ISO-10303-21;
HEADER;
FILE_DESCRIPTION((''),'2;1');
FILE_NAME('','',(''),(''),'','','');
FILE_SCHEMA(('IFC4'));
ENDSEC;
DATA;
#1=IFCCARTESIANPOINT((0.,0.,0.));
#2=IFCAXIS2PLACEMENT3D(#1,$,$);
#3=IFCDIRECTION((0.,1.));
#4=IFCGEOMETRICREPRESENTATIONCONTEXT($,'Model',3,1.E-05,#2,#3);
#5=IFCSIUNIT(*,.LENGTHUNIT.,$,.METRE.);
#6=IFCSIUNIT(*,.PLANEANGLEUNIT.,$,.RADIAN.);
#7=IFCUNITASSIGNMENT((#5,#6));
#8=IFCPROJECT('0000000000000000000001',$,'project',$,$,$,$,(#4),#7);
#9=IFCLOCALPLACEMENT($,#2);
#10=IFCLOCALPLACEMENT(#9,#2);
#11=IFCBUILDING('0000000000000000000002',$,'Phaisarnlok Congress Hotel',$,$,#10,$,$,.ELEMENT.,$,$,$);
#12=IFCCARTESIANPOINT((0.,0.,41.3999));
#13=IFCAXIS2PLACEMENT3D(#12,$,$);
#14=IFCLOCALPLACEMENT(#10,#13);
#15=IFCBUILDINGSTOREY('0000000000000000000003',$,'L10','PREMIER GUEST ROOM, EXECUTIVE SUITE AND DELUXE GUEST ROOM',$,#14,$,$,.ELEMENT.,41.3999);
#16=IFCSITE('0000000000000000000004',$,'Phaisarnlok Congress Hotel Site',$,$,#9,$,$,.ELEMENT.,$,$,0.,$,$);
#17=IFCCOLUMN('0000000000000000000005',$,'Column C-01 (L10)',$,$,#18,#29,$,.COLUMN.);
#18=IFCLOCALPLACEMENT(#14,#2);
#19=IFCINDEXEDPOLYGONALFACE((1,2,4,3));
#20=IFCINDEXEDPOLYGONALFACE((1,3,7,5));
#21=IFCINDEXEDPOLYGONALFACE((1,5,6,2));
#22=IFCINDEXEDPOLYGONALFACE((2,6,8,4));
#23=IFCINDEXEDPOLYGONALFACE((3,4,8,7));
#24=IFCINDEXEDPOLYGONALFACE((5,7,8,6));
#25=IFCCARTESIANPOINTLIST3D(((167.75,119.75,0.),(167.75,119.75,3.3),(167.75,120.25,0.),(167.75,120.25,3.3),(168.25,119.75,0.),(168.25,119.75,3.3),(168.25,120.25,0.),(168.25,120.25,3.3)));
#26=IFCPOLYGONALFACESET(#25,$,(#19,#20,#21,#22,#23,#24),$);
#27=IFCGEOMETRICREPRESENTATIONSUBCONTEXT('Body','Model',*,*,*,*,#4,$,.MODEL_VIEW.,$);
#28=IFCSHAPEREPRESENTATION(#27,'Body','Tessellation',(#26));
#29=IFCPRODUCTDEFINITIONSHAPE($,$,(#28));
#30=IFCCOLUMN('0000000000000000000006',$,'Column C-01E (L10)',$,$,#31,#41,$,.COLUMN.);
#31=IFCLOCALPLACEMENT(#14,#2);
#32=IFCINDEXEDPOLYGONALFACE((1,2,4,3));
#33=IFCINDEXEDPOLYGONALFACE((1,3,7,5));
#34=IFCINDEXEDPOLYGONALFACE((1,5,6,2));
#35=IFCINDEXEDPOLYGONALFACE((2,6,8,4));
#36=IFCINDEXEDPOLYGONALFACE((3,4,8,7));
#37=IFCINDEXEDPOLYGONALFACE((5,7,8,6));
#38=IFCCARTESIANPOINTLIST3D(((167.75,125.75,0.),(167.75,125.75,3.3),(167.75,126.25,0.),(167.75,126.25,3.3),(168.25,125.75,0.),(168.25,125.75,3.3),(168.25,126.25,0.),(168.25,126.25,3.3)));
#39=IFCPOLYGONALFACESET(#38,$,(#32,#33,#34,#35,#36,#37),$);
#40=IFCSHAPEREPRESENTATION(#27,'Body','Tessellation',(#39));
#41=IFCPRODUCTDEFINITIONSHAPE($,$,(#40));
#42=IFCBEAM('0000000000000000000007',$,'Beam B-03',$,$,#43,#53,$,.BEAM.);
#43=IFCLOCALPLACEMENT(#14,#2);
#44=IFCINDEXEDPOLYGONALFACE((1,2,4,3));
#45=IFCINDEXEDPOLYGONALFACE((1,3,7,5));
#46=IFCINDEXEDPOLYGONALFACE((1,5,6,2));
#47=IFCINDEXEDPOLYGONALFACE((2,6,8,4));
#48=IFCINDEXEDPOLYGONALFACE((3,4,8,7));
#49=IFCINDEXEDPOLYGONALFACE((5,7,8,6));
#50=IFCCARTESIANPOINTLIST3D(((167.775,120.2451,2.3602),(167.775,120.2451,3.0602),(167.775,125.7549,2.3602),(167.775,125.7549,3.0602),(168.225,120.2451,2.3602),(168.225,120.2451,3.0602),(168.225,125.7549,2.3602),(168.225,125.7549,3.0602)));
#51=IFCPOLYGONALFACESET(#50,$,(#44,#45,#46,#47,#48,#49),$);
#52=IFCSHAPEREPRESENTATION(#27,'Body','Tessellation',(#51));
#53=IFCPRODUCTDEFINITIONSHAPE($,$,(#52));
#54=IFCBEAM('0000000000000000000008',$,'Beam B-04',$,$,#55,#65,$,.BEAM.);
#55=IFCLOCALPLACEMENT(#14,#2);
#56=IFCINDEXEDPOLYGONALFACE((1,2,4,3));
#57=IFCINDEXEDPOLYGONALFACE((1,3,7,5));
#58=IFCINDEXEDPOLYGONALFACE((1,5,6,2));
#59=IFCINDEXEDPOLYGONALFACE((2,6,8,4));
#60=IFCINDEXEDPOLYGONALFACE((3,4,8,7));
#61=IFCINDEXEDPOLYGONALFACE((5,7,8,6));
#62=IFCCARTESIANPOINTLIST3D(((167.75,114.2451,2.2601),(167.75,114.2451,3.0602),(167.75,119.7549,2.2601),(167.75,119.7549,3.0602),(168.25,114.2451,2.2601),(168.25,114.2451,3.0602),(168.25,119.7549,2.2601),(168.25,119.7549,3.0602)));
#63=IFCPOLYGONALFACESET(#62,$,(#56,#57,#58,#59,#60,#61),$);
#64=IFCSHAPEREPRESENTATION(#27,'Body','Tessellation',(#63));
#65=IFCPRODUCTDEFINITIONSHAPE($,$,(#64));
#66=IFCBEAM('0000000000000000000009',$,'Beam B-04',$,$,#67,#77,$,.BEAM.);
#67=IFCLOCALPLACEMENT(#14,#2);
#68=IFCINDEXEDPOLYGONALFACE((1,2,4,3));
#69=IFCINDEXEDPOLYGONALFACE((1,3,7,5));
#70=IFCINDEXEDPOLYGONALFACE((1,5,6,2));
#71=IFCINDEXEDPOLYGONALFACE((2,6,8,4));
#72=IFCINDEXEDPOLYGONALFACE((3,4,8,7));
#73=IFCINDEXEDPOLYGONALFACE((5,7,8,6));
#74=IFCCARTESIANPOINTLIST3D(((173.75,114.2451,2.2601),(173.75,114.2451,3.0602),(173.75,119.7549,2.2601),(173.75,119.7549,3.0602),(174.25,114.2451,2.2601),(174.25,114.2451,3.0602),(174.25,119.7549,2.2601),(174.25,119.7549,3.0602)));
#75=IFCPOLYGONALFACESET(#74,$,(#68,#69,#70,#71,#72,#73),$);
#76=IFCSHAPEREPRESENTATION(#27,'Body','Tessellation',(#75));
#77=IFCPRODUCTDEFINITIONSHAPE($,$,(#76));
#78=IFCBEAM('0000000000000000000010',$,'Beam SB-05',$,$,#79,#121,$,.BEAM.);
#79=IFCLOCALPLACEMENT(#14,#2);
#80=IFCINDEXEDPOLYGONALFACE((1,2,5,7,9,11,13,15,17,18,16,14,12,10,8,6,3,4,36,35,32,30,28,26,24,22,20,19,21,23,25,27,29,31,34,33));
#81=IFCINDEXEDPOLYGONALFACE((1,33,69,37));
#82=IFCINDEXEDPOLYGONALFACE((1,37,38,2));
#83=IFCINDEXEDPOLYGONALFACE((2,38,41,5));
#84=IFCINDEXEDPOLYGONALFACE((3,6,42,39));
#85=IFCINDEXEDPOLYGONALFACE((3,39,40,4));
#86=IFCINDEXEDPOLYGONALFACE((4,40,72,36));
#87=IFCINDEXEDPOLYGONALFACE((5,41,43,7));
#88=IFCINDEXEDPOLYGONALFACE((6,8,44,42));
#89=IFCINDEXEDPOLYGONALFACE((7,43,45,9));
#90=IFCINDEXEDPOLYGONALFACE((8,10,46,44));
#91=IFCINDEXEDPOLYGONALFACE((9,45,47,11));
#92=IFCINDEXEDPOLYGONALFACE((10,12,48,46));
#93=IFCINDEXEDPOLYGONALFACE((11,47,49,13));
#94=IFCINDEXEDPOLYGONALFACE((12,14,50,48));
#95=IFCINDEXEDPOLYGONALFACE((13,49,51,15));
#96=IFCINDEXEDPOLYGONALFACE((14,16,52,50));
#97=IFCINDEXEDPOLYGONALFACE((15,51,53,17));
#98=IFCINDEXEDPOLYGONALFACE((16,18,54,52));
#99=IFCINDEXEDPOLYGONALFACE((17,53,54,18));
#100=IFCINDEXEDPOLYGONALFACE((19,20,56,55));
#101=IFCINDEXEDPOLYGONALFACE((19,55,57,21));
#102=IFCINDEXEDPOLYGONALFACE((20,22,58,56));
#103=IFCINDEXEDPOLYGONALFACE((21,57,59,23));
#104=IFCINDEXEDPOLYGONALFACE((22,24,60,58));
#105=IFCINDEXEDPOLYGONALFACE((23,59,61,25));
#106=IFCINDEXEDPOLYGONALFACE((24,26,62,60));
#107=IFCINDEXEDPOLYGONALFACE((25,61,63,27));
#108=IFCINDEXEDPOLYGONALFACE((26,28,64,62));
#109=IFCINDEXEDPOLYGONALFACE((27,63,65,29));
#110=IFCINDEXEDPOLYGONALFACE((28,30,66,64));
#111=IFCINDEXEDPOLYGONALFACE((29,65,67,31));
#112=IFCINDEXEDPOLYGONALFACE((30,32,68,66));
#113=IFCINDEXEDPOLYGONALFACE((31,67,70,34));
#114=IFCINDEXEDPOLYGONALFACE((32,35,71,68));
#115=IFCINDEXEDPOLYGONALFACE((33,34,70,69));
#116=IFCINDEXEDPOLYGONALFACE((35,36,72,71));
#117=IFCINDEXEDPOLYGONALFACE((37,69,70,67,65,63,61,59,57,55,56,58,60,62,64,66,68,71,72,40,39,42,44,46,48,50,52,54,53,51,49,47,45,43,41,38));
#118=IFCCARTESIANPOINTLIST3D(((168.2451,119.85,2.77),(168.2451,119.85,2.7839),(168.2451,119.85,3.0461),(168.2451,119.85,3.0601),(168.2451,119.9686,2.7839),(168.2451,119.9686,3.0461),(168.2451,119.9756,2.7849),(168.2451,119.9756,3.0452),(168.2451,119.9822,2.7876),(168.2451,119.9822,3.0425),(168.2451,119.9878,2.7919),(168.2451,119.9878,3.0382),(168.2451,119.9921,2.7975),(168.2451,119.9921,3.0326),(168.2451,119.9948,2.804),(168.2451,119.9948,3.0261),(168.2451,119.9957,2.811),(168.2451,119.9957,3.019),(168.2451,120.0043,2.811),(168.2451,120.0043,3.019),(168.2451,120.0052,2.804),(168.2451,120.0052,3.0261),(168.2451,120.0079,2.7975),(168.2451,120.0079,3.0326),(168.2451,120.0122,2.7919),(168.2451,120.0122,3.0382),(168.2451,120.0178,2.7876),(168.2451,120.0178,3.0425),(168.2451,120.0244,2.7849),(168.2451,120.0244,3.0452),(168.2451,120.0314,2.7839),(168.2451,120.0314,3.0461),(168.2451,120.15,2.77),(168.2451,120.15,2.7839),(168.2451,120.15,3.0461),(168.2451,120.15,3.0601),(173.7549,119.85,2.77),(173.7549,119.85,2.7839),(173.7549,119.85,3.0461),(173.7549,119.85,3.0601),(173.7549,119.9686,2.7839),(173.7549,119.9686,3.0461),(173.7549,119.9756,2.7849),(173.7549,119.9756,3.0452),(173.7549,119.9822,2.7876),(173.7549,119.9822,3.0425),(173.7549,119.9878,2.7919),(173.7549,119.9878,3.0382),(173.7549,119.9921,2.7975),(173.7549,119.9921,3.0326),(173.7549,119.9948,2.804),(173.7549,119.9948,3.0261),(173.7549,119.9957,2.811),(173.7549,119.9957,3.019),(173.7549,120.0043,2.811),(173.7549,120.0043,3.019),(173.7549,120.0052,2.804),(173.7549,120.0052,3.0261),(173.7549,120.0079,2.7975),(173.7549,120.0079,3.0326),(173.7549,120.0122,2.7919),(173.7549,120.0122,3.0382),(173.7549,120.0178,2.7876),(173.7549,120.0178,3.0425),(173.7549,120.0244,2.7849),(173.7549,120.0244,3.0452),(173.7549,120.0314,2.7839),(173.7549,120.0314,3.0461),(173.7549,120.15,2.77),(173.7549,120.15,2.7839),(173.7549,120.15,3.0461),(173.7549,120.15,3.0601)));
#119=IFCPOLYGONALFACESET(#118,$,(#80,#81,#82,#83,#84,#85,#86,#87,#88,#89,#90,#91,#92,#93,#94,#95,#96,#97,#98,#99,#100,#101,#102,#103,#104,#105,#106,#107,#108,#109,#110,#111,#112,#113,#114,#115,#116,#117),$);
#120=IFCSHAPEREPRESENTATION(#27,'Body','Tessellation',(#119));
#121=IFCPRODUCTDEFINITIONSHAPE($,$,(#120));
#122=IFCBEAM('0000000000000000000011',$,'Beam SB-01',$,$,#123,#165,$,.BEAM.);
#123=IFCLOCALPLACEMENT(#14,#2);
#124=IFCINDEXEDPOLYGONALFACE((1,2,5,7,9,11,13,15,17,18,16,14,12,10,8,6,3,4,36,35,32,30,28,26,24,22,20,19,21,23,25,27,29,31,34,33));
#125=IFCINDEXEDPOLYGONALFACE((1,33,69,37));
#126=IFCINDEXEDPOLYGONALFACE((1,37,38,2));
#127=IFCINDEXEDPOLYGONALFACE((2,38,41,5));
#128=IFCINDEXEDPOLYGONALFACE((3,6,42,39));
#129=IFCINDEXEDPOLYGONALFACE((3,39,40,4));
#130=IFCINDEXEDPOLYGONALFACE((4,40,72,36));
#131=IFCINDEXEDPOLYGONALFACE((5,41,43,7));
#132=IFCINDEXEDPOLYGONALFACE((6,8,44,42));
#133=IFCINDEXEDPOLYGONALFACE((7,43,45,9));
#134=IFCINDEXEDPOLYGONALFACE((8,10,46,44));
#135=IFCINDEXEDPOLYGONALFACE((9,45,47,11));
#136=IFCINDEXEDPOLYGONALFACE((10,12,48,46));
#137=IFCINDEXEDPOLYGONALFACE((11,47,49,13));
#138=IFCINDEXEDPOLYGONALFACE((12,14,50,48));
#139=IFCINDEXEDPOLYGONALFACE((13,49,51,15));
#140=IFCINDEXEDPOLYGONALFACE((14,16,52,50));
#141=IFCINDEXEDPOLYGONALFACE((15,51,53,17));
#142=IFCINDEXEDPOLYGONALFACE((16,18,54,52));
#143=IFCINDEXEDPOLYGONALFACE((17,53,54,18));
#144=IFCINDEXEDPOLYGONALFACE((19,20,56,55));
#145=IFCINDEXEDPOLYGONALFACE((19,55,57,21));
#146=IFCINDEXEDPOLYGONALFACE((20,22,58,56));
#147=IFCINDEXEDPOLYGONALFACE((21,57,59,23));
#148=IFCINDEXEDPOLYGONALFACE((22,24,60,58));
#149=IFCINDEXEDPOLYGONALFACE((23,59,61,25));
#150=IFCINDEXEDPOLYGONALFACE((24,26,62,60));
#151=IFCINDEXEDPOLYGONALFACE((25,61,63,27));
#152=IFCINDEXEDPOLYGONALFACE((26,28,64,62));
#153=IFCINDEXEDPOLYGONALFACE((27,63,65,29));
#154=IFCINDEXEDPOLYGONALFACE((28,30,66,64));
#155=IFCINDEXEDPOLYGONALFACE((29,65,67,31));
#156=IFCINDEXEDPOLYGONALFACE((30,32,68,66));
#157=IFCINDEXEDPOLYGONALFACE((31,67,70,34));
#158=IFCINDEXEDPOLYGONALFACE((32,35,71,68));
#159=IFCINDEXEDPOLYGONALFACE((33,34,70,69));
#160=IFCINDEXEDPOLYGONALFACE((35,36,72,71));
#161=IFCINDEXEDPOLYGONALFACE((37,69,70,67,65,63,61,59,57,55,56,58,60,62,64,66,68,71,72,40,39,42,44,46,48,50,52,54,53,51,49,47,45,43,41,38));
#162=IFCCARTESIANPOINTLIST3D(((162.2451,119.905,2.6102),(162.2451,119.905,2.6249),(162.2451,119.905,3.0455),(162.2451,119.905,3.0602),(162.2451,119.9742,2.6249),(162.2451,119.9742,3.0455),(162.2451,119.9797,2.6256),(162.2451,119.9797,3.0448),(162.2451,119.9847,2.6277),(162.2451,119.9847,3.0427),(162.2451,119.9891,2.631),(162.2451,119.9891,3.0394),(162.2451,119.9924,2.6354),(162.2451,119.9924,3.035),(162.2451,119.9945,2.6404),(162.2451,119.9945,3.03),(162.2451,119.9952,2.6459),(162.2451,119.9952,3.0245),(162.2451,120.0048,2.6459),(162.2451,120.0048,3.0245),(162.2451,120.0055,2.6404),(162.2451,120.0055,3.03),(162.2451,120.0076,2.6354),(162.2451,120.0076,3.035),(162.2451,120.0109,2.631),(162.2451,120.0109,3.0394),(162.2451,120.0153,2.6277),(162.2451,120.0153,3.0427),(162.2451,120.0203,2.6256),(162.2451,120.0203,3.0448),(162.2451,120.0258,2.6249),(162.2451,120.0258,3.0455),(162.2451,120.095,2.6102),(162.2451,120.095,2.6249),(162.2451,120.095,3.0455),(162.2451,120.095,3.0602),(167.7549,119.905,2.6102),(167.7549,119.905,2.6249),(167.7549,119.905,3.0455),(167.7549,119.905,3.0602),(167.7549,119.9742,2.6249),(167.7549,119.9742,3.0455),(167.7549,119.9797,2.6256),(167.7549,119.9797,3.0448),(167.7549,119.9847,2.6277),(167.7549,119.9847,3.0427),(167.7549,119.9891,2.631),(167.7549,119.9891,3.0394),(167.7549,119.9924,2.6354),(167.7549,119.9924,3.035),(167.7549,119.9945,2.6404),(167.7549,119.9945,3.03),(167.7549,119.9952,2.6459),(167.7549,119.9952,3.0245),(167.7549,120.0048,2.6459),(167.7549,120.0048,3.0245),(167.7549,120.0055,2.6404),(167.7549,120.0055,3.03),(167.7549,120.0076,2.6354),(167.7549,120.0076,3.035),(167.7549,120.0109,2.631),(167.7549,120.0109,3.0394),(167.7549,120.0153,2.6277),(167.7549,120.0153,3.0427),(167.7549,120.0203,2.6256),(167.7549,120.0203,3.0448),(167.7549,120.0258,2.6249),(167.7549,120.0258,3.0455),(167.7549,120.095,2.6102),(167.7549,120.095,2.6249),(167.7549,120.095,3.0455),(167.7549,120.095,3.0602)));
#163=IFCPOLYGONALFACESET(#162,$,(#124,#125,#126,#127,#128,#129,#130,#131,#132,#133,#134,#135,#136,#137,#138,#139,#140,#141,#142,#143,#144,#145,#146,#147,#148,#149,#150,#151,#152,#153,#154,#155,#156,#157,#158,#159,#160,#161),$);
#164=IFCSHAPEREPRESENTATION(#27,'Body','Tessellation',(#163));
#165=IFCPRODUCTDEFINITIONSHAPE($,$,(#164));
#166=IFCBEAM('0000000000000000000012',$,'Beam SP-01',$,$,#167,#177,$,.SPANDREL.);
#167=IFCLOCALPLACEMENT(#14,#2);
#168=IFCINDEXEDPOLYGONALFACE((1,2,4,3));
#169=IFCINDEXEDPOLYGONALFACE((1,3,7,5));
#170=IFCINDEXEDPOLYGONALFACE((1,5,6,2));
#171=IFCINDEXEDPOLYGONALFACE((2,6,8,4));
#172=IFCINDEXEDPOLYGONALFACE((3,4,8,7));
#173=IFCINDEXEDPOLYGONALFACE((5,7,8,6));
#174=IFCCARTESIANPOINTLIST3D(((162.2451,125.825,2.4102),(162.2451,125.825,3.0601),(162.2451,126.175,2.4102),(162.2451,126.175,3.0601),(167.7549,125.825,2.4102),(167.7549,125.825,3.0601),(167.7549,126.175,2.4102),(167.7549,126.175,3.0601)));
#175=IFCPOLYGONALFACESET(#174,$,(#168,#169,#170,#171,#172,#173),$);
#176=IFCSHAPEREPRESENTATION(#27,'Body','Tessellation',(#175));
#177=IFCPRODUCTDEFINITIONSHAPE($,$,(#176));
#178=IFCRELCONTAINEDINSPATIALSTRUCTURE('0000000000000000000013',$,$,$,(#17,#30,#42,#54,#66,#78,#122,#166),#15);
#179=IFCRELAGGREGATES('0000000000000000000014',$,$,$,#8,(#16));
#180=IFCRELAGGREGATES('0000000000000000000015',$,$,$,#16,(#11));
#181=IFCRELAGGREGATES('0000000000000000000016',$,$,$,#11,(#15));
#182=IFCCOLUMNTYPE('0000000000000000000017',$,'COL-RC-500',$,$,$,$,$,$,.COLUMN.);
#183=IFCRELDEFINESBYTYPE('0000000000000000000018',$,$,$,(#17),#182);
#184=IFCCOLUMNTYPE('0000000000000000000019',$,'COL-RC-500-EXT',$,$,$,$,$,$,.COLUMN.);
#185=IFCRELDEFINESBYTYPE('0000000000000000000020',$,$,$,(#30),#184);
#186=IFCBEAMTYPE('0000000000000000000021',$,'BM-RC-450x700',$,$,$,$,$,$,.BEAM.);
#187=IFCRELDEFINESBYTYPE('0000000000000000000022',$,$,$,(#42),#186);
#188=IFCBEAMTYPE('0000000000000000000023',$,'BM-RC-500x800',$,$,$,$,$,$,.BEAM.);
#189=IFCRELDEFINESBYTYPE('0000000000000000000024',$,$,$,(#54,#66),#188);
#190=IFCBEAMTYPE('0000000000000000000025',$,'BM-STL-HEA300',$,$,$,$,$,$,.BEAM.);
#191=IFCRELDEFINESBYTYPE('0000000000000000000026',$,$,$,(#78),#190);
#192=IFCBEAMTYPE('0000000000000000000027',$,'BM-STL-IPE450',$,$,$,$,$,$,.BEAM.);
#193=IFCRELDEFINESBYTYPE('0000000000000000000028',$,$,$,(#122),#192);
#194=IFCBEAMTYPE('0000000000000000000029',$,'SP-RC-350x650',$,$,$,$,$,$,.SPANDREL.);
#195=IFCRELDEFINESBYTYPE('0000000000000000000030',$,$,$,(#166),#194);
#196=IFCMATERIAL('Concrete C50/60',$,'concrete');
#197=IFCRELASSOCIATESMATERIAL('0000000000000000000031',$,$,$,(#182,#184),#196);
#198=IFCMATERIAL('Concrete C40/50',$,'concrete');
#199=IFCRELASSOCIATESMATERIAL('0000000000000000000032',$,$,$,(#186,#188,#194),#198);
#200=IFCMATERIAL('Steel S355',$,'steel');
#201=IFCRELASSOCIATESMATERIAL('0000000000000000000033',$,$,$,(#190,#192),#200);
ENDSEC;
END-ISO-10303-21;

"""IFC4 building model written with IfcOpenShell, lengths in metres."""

from ifc_helpers import new_model, si_unit, direction, frame, origin, origin_2d, place, context, subcontext, project, spatial, rectangle, i_section, extrude, material, material_profile, profile_set, type_object, element, save


model = new_model("IFC4")

# Units and contexts
model_context = context("Model", 3, precision=1e-05, world=origin(), true_north=direction((0.0, 1.0)))
body_context = subcontext(model_context, "Body", "Model", "MODEL_VIEW")
ifc_project = project(units=[si_unit("LENGTHUNIT", "METRE"), si_unit("PLANEANGLEUNIT", "RADIAN")], contexts=[model_context])

# Site, building, storey
site_placement = place(None, origin())
site = spatial("IfcSite", under=ifc_project, at=site_placement, Name="Phaisarnlok Congress Hotel Site", CompositionType="ELEMENT", RefElevation=0.0)
building_placement = place(site_placement, origin())
building = spatial("IfcBuilding", under=site, at=building_placement, Name="Phaisarnlok Congress Hotel", CompositionType="ELEMENT")
storey_placement = place(building_placement, frame((0.0, 0.0, 41.3999)))
storey = spatial("IfcBuildingStorey", under=building, at=storey_placement, Name="L10", Description="PREMIER GUEST ROOM, EXECUTIVE SUITE AND DELUXE GUEST ROOM", CompositionType="ELEMENT", Elevation=41.3999)

# Columns
ifc_material_1 = material(Name="Concrete C50/60", Category="concrete")
ifc_material_profile_1 = material_profile(ifc_material_1, rectangle(XDim=0.5, YDim=0.5, at=origin_2d()), Name="RC 500x500")
ifc_profile_set_1 = profile_set([ifc_material_profile_1], Name="Concrete C50/60")
column_type_1 = type_object("IfcColumnType", Name="COL-RC-500", PredefinedType="COLUMN", material=ifc_profile_set_1)
column_1_placement = place(storey_placement, frame((168.0, 120.0, 0.0), z_axis=(0.0, 0.0, 1.0), x_axis=(1.0, 0.0, 0.0)))
element("IfcColumn", 1, at=column_1_placement, inside=storey, type_object=column_type_1, Name="Column C-01 (L10)", PredefinedType="COLUMN", context=body_context, shape_type="SweptSolid", body=[
    extrude(rectangle(XDim=0.5, YDim=0.5, at=origin_2d()), origin(), (0.0, 0.0, 1.0), 3.3),
])
ifc_material_profile_2 = material_profile(ifc_material_1, rectangle(XDim=0.5, YDim=0.5, at=origin_2d()), Name="RC 500x500")
ifc_profile_set_2 = profile_set([ifc_material_profile_2], Name="Concrete C50/60")
column_type_2 = type_object("IfcColumnType", Name="COL-RC-500-EXT", PredefinedType="COLUMN", material=ifc_profile_set_2)
column_2_placement = place(storey_placement, frame((168.0, 126.0, 0.0), z_axis=(0.0, 0.0, 1.0), x_axis=(1.0, 0.0, 0.0)))
element("IfcColumn", 2, at=column_2_placement, inside=storey, type_object=column_type_2, Name="Column C-01E (L10)", PredefinedType="COLUMN", context=body_context, shape_type="SweptSolid", body=[
    extrude(rectangle(XDim=0.5, YDim=0.5, at=origin_2d()), origin(), (0.0, 0.0, 1.0), 3.3),
])

# Beams
ifc_material_2 = material(Name="Concrete C40/50", Category="concrete")
ifc_material_profile_3 = material_profile(ifc_material_2, rectangle(XDim=0.45, YDim=0.7, at=origin_2d()), Name="RC 450x700")
ifc_profile_set_3 = profile_set([ifc_material_profile_3], Name="Concrete C40/50")
beam_type_1 = type_object("IfcBeamType", Name="BM-RC-450x700", PredefinedType="BEAM", material=ifc_profile_set_3)
beam_1_placement = place(storey_placement, frame((168.0, 120.2451, 2.7102), z_axis=(0.0, 1.0, 0.0), x_axis=(-1.0, 0.0, 0.0)))
element("IfcBeam", 3, at=beam_1_placement, inside=storey, type_object=beam_type_1, Name="Beam B-03", PredefinedType="BEAM", context=body_context, shape_type="SweptSolid", body=[
    extrude(rectangle(XDim=0.45, YDim=0.7, at=origin_2d()), origin(), (0.0, 0.0, 1.0), 5.5098),
])
ifc_material_profile_4 = material_profile(ifc_material_2, rectangle(XDim=0.5, YDim=0.8, at=origin_2d()), Name="RC 500x800")
ifc_profile_set_4 = profile_set([ifc_material_profile_4], Name="Concrete C40/50")
beam_type_2 = type_object("IfcBeamType", Name="BM-RC-500x800", PredefinedType="BEAM", material=ifc_profile_set_4)
for number, where, z_axis, x_axis, name in (
    (4, (168.0, 114.2451, 2.6602), (0.0, 1.0, 0.0), (-1.0, 0.0, 0.0), "Beam B-04"),
    (5, (174.0, 114.2451, 2.6602), (0.0, 1.0, 0.0), (-1.0, 0.0, 0.0), "Beam B-04"),
):
    element("IfcBeam", number, at=place(storey_placement, frame(where, z_axis=z_axis, x_axis=x_axis)), inside=storey, type_object=beam_type_2, Name=name, PredefinedType="BEAM", context=body_context, shape_type="SweptSolid", body=[
        extrude(rectangle(XDim=0.5, YDim=0.8, at=origin_2d()), origin(), (0.0, 0.0, 1.0), 5.5098),
    ])
ifc_material_3 = material(Name="Steel S355", Category="steel")
ifc_material_profile_5 = material_profile(ifc_material_3, i_section(OverallWidth=0.3, OverallDepth=0.29, WebThickness=0.0085, FlangeThickness=0.0139, FilletRadius=0.0271, at=origin_2d()), Name="HEA 300")
ifc_profile_set_5 = profile_set([ifc_material_profile_5], Name="Steel S355")
beam_type_3 = type_object("IfcBeamType", Name="BM-STL-HEA300", PredefinedType="BEAM", material=ifc_profile_set_5)
beam_2_placement = place(storey_placement, frame((168.2451, 120.0, 2.915), z_axis=(1.0, 0.0, 0.0), x_axis=(0.0, 1.0, 0.0)))
element("IfcBeam", 6, at=beam_2_placement, inside=storey, type_object=beam_type_3, Name="Beam SB-05", PredefinedType="BEAM", context=body_context, shape_type="SweptSolid", body=[
    extrude(i_section(OverallWidth=0.3, OverallDepth=0.29, WebThickness=0.0085, FlangeThickness=0.0139, FilletRadius=0.0271, at=origin_2d()), origin(), (0.0, 0.0, 1.0), 5.5098),
])
ifc_material_profile_6 = material_profile(ifc_material_3, i_section(OverallWidth=0.1899, OverallDepth=0.45, WebThickness=0.0095, FlangeThickness=0.0146, FilletRadius=0.021, at=origin_2d()), Name="IPE 450")
ifc_profile_set_6 = profile_set([ifc_material_profile_6], Name="Steel S355")
beam_type_4 = type_object("IfcBeamType", Name="BM-STL-IPE450", PredefinedType="BEAM", material=ifc_profile_set_6)
beam_3_placement = place(storey_placement, frame((162.2451, 120.0, 2.8352), z_axis=(1.0, 0.0, 0.0), x_axis=(0.0, 1.0, 0.0)))
element("IfcBeam", 7, at=beam_3_placement, inside=storey, type_object=beam_type_4, Name="Beam SB-01", PredefinedType="BEAM", context=body_context, shape_type="SweptSolid", body=[
    extrude(i_section(OverallWidth=0.1899, OverallDepth=0.45, WebThickness=0.0095, FlangeThickness=0.0146, FilletRadius=0.021, at=origin_2d()), origin(), (0.0, 0.0, 1.0), 5.5098),
])
ifc_material_profile_7 = material_profile(ifc_material_2, rectangle(XDim=0.3501, YDim=0.6499, at=origin_2d()), Name="RC 350x650")
ifc_profile_set_7 = profile_set([ifc_material_profile_7], Name="Concrete C40/50")
beam_type_5 = type_object("IfcBeamType", Name="SP-RC-350x650", PredefinedType="SPANDREL", material=ifc_profile_set_7)
for number, where, z_axis, x_axis, name in (
    (8, (162.2451, 126.0, 2.7351), (1.0, 0.0, 0.0), (0.0, 1.0, 0.0), "Beam SP-01"),
):
    element("IfcBeam", number, at=place(storey_placement, frame(where, z_axis=z_axis, x_axis=x_axis)), inside=storey, type_object=beam_type_5, Name=name, PredefinedType="SPANDREL", context=body_context, shape_type="SweptSolid", body=[
        extrude(rectangle(XDim=0.3501, YDim=0.6499, at=origin_2d()), origin(), (0.0, 0.0, 1.0), 5.5098),
    ])

save(model, "model.ifc")
